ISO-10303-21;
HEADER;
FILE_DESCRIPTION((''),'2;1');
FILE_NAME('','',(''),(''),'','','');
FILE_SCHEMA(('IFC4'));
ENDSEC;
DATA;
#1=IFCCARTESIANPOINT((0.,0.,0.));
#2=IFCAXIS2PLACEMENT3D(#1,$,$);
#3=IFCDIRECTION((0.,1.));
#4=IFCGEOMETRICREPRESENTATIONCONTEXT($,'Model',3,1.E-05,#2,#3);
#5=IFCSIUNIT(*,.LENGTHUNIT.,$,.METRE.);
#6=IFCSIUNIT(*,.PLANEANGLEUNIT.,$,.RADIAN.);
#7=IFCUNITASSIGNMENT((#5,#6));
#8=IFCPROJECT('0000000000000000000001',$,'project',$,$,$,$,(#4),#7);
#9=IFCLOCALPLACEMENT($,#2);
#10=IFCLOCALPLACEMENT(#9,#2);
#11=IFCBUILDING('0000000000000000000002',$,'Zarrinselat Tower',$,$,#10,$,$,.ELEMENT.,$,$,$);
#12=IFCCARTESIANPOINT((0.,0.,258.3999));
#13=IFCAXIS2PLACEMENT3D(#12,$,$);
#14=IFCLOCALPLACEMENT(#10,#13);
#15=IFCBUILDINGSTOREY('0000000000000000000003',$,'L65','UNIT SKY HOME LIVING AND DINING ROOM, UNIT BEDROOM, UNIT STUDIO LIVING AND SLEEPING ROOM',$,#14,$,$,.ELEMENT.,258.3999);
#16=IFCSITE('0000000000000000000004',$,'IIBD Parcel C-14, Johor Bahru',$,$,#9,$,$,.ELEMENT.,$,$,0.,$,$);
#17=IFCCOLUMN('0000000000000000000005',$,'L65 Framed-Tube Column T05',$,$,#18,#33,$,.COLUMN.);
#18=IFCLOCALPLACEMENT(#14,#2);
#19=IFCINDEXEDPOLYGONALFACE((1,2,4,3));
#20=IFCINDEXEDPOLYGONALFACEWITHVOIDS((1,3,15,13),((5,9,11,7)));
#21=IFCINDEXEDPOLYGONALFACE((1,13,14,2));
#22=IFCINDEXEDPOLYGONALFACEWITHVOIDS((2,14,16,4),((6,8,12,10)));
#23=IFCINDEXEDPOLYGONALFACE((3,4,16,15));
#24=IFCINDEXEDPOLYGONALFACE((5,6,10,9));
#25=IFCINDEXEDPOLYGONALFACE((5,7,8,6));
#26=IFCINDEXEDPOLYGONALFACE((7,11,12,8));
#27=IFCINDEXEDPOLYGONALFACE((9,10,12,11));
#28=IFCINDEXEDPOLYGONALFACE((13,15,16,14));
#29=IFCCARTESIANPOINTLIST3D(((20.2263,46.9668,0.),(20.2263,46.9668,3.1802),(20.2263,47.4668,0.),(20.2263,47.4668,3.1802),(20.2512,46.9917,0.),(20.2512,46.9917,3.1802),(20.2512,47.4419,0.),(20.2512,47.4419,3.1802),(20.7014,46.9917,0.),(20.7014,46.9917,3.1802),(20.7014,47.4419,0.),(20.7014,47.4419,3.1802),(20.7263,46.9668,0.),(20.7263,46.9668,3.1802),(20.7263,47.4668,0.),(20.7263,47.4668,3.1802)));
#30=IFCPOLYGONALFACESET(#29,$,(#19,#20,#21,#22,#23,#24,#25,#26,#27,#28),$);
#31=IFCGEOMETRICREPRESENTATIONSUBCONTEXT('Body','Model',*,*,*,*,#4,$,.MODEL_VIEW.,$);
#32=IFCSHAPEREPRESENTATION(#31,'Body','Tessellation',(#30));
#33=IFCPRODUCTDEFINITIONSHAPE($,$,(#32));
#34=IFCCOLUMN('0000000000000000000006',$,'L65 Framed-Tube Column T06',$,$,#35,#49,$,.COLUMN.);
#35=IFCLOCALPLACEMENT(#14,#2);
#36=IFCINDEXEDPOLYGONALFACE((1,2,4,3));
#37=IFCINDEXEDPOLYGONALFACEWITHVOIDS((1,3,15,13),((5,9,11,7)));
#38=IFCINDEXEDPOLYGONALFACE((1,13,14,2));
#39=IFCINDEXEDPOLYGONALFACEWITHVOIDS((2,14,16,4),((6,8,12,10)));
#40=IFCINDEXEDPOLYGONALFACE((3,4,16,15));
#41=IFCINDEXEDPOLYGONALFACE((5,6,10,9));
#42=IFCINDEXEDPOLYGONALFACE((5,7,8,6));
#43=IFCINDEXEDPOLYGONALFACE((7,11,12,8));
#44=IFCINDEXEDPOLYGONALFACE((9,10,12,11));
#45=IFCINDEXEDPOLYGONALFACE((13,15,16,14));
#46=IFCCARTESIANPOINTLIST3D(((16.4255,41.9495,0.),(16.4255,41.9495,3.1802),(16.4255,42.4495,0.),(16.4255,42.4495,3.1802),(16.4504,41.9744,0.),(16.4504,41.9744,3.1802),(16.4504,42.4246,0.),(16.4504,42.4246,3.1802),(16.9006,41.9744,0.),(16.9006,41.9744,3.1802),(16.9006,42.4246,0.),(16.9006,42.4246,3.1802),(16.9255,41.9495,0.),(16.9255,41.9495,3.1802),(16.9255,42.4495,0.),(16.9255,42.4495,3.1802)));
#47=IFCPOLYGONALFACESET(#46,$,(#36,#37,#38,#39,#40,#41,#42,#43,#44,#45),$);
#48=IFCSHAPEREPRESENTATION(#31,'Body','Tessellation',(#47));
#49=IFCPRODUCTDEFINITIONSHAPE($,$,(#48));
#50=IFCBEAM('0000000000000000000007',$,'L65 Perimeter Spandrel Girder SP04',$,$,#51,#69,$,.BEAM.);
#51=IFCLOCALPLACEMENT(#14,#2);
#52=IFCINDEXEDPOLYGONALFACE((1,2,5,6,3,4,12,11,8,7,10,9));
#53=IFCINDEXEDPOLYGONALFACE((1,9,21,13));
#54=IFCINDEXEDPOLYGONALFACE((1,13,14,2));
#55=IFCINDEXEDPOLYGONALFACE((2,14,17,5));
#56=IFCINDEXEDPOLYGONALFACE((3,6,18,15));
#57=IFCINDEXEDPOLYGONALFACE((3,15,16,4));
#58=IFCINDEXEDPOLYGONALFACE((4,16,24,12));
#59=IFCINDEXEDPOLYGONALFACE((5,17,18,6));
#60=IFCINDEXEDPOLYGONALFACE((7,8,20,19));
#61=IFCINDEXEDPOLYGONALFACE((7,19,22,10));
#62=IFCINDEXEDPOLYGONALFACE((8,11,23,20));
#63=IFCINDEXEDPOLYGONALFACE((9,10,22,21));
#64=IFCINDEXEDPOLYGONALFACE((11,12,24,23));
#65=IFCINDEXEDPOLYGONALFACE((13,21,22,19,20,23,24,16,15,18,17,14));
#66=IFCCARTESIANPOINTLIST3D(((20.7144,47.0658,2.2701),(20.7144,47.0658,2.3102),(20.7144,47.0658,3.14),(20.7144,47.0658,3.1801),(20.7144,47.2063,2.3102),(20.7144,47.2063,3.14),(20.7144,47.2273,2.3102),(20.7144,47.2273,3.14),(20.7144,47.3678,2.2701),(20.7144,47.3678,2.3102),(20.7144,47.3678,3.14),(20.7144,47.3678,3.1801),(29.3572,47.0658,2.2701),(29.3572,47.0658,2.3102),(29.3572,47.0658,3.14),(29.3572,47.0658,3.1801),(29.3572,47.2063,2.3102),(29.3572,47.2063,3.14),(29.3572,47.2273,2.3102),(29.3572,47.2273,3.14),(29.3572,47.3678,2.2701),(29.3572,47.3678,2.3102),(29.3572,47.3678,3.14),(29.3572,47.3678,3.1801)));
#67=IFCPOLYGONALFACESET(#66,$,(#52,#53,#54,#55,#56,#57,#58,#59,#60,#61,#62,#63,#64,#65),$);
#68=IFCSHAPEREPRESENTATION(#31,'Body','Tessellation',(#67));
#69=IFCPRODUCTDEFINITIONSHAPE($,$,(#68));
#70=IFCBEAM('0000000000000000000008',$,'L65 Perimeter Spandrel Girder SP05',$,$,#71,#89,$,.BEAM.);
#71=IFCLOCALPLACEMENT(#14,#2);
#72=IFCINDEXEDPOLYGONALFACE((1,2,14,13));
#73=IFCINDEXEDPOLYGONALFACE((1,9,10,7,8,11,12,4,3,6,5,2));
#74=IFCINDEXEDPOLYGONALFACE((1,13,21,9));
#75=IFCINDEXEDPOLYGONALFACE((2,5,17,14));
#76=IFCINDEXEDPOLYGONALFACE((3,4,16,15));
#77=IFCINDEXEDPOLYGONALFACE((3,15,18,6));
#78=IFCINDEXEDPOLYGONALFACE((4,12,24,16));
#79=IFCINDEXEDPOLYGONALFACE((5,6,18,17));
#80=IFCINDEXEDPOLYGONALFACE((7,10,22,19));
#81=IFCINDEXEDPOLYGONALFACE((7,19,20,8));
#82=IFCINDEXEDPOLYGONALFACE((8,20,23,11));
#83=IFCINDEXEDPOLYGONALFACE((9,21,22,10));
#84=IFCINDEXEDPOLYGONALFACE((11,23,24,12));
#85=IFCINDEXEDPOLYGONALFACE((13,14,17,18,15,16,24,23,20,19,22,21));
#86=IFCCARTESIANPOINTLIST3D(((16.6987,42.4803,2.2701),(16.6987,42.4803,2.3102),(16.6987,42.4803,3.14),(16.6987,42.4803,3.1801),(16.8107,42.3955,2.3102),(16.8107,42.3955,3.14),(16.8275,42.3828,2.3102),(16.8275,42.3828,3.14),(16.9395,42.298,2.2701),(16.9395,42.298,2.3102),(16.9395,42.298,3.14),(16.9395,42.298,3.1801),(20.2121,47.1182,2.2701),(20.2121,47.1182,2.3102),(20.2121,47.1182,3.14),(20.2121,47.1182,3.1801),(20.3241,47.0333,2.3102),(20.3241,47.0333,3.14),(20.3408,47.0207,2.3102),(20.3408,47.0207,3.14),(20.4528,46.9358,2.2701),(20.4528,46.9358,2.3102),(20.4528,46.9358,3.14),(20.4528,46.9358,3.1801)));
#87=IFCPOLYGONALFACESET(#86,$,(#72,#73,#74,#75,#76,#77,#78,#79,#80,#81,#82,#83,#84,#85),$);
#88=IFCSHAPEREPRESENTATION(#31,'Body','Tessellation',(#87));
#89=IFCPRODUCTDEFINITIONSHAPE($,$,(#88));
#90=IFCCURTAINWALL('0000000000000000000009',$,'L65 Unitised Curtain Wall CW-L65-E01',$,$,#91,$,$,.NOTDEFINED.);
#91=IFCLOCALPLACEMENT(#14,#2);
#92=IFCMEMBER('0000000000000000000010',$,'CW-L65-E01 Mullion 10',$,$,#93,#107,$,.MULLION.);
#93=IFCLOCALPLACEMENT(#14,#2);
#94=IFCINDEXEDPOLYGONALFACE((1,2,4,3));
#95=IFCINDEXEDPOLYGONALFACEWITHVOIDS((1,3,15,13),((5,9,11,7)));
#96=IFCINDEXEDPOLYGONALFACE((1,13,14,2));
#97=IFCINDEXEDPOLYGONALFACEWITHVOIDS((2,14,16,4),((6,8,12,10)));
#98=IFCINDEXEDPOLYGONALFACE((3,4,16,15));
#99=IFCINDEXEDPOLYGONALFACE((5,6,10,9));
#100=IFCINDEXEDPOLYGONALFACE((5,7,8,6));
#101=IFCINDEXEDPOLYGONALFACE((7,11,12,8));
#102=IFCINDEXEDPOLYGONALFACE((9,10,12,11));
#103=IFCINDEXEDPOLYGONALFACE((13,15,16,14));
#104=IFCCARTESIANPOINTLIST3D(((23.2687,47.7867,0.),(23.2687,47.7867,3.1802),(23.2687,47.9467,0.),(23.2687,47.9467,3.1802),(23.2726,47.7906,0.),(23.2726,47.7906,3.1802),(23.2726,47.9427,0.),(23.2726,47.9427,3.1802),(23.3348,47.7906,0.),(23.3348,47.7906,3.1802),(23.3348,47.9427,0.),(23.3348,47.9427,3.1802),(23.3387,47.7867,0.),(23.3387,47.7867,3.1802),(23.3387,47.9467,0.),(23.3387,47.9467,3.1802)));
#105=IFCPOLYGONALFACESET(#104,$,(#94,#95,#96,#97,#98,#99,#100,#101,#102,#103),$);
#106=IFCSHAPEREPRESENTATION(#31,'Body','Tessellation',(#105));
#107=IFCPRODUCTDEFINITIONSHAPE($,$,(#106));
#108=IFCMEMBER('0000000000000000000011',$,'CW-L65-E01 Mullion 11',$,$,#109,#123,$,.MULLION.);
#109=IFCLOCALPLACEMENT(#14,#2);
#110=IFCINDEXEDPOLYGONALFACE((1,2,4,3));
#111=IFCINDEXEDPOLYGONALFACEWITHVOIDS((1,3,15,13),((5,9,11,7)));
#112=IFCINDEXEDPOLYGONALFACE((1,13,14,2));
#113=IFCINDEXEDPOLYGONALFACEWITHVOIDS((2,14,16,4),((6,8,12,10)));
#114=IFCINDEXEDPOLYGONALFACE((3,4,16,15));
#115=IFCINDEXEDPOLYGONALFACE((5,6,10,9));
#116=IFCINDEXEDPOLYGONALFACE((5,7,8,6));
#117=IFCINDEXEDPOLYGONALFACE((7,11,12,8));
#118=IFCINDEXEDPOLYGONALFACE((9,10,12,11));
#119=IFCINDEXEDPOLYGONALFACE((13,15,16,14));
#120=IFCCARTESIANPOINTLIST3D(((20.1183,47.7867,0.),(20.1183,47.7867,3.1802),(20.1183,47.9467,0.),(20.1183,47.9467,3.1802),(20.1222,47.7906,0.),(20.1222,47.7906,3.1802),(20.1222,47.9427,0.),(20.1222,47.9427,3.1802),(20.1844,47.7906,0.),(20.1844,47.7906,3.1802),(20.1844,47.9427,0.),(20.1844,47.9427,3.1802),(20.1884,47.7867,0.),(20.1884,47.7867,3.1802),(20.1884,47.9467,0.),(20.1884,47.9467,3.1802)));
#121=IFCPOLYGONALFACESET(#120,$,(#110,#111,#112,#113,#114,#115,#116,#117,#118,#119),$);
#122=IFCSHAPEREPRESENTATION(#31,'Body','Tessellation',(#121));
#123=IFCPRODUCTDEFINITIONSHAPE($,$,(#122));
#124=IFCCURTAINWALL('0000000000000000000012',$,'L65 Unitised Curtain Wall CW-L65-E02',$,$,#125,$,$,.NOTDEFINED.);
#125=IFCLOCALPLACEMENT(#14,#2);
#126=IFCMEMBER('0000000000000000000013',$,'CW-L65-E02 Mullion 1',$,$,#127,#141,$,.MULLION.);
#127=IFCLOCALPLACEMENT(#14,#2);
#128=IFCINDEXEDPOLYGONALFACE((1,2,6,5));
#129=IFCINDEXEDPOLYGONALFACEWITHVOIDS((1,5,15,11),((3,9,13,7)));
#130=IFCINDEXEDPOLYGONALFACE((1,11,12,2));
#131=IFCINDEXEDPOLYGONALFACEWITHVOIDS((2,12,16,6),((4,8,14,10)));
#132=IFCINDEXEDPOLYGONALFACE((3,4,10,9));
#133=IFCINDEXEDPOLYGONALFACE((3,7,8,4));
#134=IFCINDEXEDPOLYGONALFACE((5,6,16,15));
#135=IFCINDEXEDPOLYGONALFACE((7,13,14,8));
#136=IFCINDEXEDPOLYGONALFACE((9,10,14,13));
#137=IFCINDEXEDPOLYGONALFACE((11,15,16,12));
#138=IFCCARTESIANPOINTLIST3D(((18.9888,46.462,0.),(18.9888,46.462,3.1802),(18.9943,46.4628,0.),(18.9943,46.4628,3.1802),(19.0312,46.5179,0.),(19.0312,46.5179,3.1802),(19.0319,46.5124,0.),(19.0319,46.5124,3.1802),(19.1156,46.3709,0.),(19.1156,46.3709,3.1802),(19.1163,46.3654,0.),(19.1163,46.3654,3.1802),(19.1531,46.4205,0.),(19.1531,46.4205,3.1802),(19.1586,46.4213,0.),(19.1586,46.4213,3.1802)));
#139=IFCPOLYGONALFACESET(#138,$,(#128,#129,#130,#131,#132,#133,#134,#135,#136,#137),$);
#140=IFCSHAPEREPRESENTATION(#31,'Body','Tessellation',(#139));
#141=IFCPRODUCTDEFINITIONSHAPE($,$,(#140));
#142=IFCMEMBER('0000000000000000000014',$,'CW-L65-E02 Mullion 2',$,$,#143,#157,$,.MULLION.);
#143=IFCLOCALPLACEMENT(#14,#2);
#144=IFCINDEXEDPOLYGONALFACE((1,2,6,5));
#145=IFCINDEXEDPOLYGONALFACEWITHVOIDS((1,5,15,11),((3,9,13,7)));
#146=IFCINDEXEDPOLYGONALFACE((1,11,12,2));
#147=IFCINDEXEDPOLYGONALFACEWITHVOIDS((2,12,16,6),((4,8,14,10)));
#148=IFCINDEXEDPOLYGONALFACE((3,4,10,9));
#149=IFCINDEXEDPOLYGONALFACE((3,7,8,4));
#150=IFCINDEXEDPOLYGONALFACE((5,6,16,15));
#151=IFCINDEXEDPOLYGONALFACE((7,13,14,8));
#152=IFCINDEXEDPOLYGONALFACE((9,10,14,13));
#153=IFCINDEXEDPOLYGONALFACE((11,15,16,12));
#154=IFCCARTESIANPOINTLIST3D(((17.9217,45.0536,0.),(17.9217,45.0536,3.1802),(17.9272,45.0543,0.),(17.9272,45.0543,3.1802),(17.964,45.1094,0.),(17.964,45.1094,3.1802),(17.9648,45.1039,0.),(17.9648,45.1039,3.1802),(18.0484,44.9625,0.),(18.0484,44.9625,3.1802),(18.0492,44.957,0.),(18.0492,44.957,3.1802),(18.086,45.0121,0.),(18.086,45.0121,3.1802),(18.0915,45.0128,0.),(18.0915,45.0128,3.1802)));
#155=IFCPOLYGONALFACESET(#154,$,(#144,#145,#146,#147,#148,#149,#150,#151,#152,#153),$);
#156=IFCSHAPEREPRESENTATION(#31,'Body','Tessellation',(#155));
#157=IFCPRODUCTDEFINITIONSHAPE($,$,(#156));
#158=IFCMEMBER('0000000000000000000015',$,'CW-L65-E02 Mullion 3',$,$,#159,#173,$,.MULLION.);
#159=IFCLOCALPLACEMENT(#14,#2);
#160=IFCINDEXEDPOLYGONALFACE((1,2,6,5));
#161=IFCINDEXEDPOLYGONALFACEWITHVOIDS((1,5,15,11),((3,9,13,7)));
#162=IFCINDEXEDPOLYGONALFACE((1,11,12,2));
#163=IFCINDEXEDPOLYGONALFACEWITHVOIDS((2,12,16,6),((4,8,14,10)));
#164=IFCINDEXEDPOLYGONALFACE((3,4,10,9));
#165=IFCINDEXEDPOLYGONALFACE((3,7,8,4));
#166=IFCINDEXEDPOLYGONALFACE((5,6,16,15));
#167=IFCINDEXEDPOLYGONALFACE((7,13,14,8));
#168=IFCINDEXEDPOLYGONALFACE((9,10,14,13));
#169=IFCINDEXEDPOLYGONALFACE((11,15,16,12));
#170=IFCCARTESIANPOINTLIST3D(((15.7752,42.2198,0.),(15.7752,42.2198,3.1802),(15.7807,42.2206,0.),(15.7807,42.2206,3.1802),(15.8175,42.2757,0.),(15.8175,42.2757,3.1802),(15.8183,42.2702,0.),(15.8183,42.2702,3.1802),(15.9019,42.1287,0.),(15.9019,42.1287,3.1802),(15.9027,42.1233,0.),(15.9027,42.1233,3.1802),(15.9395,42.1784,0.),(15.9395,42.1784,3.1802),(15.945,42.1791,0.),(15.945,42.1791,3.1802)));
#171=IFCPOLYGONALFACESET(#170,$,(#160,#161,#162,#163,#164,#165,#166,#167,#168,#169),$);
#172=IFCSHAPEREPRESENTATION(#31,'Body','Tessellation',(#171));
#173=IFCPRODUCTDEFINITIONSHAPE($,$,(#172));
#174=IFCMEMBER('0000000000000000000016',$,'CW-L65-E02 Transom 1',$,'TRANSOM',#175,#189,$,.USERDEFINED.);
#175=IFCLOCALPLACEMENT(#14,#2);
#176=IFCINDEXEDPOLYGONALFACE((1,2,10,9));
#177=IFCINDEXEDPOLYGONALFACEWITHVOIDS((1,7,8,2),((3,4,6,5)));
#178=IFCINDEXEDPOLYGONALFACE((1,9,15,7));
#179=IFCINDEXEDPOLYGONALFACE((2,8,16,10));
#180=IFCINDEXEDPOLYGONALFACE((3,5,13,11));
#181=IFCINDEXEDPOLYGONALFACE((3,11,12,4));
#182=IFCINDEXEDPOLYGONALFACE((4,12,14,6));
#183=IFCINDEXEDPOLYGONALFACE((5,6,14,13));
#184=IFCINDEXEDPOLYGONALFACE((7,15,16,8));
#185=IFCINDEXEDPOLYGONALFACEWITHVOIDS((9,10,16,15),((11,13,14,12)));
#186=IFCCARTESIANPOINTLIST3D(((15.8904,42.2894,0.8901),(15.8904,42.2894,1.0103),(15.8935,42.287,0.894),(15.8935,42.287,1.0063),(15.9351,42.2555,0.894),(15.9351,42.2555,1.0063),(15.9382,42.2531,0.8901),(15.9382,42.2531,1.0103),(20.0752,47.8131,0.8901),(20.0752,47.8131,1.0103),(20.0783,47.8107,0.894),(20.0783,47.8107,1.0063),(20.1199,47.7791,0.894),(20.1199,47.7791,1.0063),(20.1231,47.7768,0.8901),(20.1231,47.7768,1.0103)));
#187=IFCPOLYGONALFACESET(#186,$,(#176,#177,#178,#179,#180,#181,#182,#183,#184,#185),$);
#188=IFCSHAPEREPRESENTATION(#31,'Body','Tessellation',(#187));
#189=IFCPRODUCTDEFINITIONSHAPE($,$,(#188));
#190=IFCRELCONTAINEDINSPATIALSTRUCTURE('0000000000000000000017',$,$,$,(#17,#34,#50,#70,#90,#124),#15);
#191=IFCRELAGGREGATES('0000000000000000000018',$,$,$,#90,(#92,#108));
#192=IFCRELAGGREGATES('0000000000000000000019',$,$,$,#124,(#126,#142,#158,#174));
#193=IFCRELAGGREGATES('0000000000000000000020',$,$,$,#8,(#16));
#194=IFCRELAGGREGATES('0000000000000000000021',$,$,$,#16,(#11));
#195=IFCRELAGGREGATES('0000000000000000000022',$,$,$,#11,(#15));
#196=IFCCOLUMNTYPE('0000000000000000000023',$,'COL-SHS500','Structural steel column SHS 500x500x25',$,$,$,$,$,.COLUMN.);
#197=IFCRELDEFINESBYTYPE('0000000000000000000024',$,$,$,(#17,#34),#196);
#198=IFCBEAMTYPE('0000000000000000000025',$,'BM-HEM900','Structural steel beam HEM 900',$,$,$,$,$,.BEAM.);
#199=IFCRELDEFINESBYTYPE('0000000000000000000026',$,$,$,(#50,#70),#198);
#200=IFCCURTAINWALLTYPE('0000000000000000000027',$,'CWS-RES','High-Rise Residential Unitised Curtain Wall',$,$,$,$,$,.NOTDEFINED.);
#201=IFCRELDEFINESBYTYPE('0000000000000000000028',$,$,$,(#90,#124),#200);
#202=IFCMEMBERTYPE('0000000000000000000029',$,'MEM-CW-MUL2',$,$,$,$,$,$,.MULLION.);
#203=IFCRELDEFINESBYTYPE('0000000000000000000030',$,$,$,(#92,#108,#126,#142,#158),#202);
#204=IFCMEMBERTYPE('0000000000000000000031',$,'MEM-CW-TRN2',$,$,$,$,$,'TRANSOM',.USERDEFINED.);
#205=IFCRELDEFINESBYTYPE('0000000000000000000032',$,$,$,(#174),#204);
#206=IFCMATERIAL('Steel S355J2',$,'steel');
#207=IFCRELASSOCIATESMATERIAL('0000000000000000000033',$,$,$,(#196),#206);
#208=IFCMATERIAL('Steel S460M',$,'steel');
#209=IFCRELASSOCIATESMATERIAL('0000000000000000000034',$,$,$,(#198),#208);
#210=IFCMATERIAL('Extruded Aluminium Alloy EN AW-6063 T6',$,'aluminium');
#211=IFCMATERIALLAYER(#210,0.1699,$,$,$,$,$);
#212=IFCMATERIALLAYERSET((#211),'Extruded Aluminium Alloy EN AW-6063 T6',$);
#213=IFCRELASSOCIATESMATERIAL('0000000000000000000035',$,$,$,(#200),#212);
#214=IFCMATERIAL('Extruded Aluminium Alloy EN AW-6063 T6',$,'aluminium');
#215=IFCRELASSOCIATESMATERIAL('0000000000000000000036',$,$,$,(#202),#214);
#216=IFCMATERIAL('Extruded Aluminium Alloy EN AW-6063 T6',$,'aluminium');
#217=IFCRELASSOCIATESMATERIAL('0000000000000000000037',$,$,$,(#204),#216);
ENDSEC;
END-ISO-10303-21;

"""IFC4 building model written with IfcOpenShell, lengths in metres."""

from ifc_helpers import new_model, si_unit, direction, frame, origin, origin_2d, place, context, subcontext, project, spatial, hollow_rectangle, i_section, extrude, material, layer, layer_set, material_profile, profile_set, type_object, element, aggregate, save


model = new_model("IFC4")

# Units and contexts
model_context = context("Model", 3, precision=1e-05, world=origin(), true_north=direction((0.0, 1.0)))
body_context = subcontext(model_context, "Body", "Model", "MODEL_VIEW")
ifc_project = project(units=[si_unit("LENGTHUNIT", "METRE"), si_unit("PLANEANGLEUNIT", "RADIAN")], contexts=[model_context])

# Site, building, storey
site_placement = place(None, origin())
site = spatial("IfcSite", under=ifc_project, at=site_placement, Name="IIBD Parcel C-14, Johor Bahru", CompositionType="ELEMENT", RefElevation=0.0)
building_placement = place(site_placement, origin())
building = spatial("IfcBuilding", under=site, at=building_placement, Name="Zarrinselat Tower", CompositionType="ELEMENT")
storey_placement = place(building_placement, frame((0.0, 0.0, 258.3999)))
storey = spatial("IfcBuildingStorey", under=building, at=storey_placement, Name="L65", Description="UNIT SKY HOME LIVING AND DINING ROOM, UNIT BEDROOM, UNIT STUDIO LIVING AND SLEEPING ROOM", CompositionType="ELEMENT", Elevation=258.3999)

# Columns
ifc_material_1 = material(Name="Steel S355J2", Category="steel")
ifc_material_profile_1 = material_profile(ifc_material_1, hollow_rectangle(XDim=0.5, YDim=0.5, WallThickness=0.0249, at=origin_2d()), Name="SHS 500x500x25")
ifc_profile_set_1 = profile_set([ifc_material_profile_1], Name="Steel S355J2")
column_type = type_object("IfcColumnType", Name="COL-SHS500", Description="Structural steel column SHS 500x500x25", PredefinedType="COLUMN", material=ifc_profile_set_1)
for number, where, z_axis, x_axis, name in (
    (1, (20.4763, 47.2168, 0.0), (0.0, 0.0, 1.0), (1.0, 0.0, 0.0), "L65 Framed-Tube Column T05"),
    (2, (16.6755, 42.1995, 0.0), (0.0, 0.0, 1.0), (1.0, 0.0, 0.0), "L65 Framed-Tube Column T06"),
):
    element("IfcColumn", number, at=place(storey_placement, frame(where, z_axis=z_axis, x_axis=x_axis)), inside=storey, type_object=column_type, Name=name, PredefinedType="COLUMN", context=body_context, shape_type="SweptSolid", body=[
        extrude(hollow_rectangle(XDim=0.5, YDim=0.5, WallThickness=0.0249, at=origin_2d()), origin(), (0.0, 0.0, 1.0), 3.1802),
    ])

# Beams
ifc_material_2 = material(Name="Steel S460M", Category="steel")
ifc_material_profile_2 = material_profile(ifc_material_2, i_section(OverallWidth=0.302, OverallDepth=0.9099, WebThickness=0.021, FlangeThickness=0.04, at=origin_2d()), Name="HEM 900")
ifc_profile_set_2 = profile_set([ifc_material_profile_2], Name="Steel S460M")
beam_type = type_object("IfcBeamType", Name="BM-HEM900", Description="Structural steel beam HEM 900", PredefinedType="BEAM", material=ifc_profile_set_2)
beam_1_placement = place(storey_placement, frame((20.7144, 47.2168, 2.7251), z_axis=(1.0, 0.0, 0.0), x_axis=(0.0, 1.0, 0.0)))
element("IfcBeam", 3, at=beam_1_placement, inside=storey, type_object=beam_type, Name="L65 Perimeter Spandrel Girder SP04", PredefinedType="BEAM", context=body_context, shape_type="SweptSolid", body=[
    extrude(i_section(OverallWidth=0.302, OverallDepth=0.9099, WebThickness=0.021, FlangeThickness=0.04, at=origin_2d()), origin(), (0.0, 0.0, 1.0), 8.6428),
])
beam_2_placement = place(storey_placement, frame((16.8191, 42.3892, 2.7251), z_axis=(0.60384, 0.797106, 0.0), x_axis=(-0.797106, 0.60384, 0.0)))
element("IfcBeam", 4, at=beam_2_placement, inside=storey, type_object=beam_type, Name="L65 Perimeter Spandrel Girder SP05", PredefinedType="BEAM", context=body_context, shape_type="SweptSolid", body=[
    extrude(i_section(OverallWidth=0.302, OverallDepth=0.9099, WebThickness=0.021, FlangeThickness=0.04, at=origin_2d()), origin(), (0.0, 0.0, 1.0), 5.8184),
])

# Curtain walls, members
ifc_material_3 = material(Name="Extruded Aluminium Alloy EN AW-6063 T6", Category="aluminium")
ifc_layer_1 = layer(ifc_material_3, 0.1699)
ifc_layer_set_1 = layer_set([ifc_layer_1], Name="Extruded Aluminium Alloy EN AW-6063 T6")
curtain_wall_type = type_object("IfcCurtainWallType", Name="CWS-RES", Description="High-Rise Residential Unitised Curtain Wall", PredefinedType="NOTDEFINED", material=ifc_layer_set_1)
curtain_wall_1_placement = place(storey_placement, origin())
curtain_wall_1 = element("IfcCurtainWall", 5, at=curtain_wall_1_placement, inside=storey, type_object=curtain_wall_type, Name="L65 Unitised Curtain Wall CW-L65-E01", PredefinedType="NOTDEFINED")
ifc_material_4 = material(Name="Extruded Aluminium Alloy EN AW-6063 T6", Category="aluminium")
ifc_material_profile_3 = material_profile(ifc_material_4, hollow_rectangle(XDim=0.0701, YDim=0.1599, WallThickness=0.0039, at=origin_2d()), Name="RHS 160x70x4")
ifc_profile_set_3 = profile_set([ifc_material_profile_3], Name="Extruded Aluminium Alloy EN AW-6063 T6")
member_type_1 = type_object("IfcMemberType", Name="MEM-CW-MUL2", PredefinedType="MULLION", material=ifc_profile_set_3)
member_1_placement = place(storey_placement, frame((23.3037, 47.8667, 0.0), z_axis=(0.0, 0.0, 1.0), x_axis=(-1.0, 0.0, 0.0)))
member_1 = element("IfcMember", 6, at=member_1_placement, type_object=member_type_1, Name="CW-L65-E01 Mullion 10", PredefinedType="MULLION", context=body_context, shape_type="SweptSolid", body=[
    extrude(hollow_rectangle(XDim=0.0701, YDim=0.1599, WallThickness=0.0039, at=origin_2d()), origin(), (0.0, 0.0, 1.0), 3.1802),
])
member_2_placement = place(storey_placement, frame((20.1533, 47.8667, 0.0), z_axis=(0.0, 0.0, 1.0), x_axis=(-1.0, 0.0, 0.0)))
member_2 = element("IfcMember", 7, at=member_2_placement, type_object=member_type_1, Name="CW-L65-E01 Mullion 11", PredefinedType="MULLION", context=body_context, shape_type="SweptSolid", body=[
    extrude(hollow_rectangle(XDim=0.0701, YDim=0.1599, WallThickness=0.0039, at=origin_2d()), origin(), (0.0, 0.0, 1.0), 3.1802),
])
curtain_wall_2_placement = place(storey_placement, origin())
curtain_wall_2 = element("IfcCurtainWall", 8, at=curtain_wall_2_placement, inside=storey, type_object=curtain_wall_type, Name="L65 Unitised Curtain Wall CW-L65-E02", PredefinedType="NOTDEFINED")
member_3_placement = place(storey_placement, frame((19.0737, 46.4417, 0.0), z_axis=(0.0, 0.0, 1.0), x_axis=(-0.603855, -0.797094, 0.0)))
member_3 = element("IfcMember", 9, at=member_3_placement, type_object=member_type_1, Name="CW-L65-E02 Mullion 1", PredefinedType="MULLION", context=body_context, shape_type="SweptSolid", body=[
    extrude(hollow_rectangle(XDim=0.0701, YDim=0.1599, WallThickness=0.0039, at=origin_2d()), origin(), (0.0, 0.0, 1.0), 3.1802),
])
member_4_placement = place(storey_placement, frame((18.0066, 45.0332, 0.0), z_axis=(0.0, 0.0, 1.0), x_axis=(-0.603855, -0.797094, 0.0)))
member_4 = element("IfcMember", 10, at=member_4_placement, type_object=member_type_1, Name="CW-L65-E02 Mullion 2", PredefinedType="MULLION", context=body_context, shape_type="SweptSolid", body=[
    extrude(hollow_rectangle(XDim=0.0701, YDim=0.1599, WallThickness=0.0039, at=origin_2d()), origin(), (0.0, 0.0, 1.0), 3.1802),
])
member_5_placement = place(storey_placement, frame((15.8601, 42.1995, 0.0), z_axis=(0.0, 0.0, 1.0), x_axis=(-0.603855, -0.797094, 0.0)))
member_5 = element("IfcMember", 11, at=member_5_placement, type_object=member_type_1, Name="CW-L65-E02 Mullion 3", PredefinedType="MULLION", context=body_context, shape_type="SweptSolid", body=[
    extrude(hollow_rectangle(XDim=0.0701, YDim=0.1599, WallThickness=0.0039, at=origin_2d()), origin(), (0.0, 0.0, 1.0), 3.1802),
])
ifc_material_5 = material(Name="Extruded Aluminium Alloy EN AW-6063 T6", Category="aluminium")
ifc_material_profile_4 = material_profile(ifc_material_5, hollow_rectangle(XDim=0.0601, YDim=0.1201, WallThickness=0.0039, at=origin_2d()), Name="RHS 120x60x4")
ifc_profile_set_4 = profile_set([ifc_material_profile_4], Name="Extruded Aluminium Alloy EN AW-6063 T6")
member_type_2 = type_object("IfcMemberType", Name="MEM-CW-TRN2", ElementType="TRANSOM", PredefinedType="USERDEFINED", material=ifc_profile_set_4)
member_6_placement = place(storey_placement, frame((20.0991, 47.7949, 0.9502), z_axis=(-0.603877, -0.797078, 0.0), x_axis=(0.797078, -0.603877, 0.0)))
member_6 = element("IfcMember", 12, at=member_6_placement, type_object=member_type_2, Name="CW-L65-E02 Transom 1", ObjectType="TRANSOM", PredefinedType="USERDEFINED", context=body_context, shape_type="SweptSolid", body=[
    extrude(hollow_rectangle(XDim=0.0601, YDim=0.1201, WallThickness=0.0039, at=origin_2d()), origin(), (0.0, 0.0, 1.0), 6.9299),
])

aggregate(curtain_wall_1, [member_1, member_2])
aggregate(curtain_wall_2, [member_3, member_4, member_5, member_6])

save(model, "model.ifc")
